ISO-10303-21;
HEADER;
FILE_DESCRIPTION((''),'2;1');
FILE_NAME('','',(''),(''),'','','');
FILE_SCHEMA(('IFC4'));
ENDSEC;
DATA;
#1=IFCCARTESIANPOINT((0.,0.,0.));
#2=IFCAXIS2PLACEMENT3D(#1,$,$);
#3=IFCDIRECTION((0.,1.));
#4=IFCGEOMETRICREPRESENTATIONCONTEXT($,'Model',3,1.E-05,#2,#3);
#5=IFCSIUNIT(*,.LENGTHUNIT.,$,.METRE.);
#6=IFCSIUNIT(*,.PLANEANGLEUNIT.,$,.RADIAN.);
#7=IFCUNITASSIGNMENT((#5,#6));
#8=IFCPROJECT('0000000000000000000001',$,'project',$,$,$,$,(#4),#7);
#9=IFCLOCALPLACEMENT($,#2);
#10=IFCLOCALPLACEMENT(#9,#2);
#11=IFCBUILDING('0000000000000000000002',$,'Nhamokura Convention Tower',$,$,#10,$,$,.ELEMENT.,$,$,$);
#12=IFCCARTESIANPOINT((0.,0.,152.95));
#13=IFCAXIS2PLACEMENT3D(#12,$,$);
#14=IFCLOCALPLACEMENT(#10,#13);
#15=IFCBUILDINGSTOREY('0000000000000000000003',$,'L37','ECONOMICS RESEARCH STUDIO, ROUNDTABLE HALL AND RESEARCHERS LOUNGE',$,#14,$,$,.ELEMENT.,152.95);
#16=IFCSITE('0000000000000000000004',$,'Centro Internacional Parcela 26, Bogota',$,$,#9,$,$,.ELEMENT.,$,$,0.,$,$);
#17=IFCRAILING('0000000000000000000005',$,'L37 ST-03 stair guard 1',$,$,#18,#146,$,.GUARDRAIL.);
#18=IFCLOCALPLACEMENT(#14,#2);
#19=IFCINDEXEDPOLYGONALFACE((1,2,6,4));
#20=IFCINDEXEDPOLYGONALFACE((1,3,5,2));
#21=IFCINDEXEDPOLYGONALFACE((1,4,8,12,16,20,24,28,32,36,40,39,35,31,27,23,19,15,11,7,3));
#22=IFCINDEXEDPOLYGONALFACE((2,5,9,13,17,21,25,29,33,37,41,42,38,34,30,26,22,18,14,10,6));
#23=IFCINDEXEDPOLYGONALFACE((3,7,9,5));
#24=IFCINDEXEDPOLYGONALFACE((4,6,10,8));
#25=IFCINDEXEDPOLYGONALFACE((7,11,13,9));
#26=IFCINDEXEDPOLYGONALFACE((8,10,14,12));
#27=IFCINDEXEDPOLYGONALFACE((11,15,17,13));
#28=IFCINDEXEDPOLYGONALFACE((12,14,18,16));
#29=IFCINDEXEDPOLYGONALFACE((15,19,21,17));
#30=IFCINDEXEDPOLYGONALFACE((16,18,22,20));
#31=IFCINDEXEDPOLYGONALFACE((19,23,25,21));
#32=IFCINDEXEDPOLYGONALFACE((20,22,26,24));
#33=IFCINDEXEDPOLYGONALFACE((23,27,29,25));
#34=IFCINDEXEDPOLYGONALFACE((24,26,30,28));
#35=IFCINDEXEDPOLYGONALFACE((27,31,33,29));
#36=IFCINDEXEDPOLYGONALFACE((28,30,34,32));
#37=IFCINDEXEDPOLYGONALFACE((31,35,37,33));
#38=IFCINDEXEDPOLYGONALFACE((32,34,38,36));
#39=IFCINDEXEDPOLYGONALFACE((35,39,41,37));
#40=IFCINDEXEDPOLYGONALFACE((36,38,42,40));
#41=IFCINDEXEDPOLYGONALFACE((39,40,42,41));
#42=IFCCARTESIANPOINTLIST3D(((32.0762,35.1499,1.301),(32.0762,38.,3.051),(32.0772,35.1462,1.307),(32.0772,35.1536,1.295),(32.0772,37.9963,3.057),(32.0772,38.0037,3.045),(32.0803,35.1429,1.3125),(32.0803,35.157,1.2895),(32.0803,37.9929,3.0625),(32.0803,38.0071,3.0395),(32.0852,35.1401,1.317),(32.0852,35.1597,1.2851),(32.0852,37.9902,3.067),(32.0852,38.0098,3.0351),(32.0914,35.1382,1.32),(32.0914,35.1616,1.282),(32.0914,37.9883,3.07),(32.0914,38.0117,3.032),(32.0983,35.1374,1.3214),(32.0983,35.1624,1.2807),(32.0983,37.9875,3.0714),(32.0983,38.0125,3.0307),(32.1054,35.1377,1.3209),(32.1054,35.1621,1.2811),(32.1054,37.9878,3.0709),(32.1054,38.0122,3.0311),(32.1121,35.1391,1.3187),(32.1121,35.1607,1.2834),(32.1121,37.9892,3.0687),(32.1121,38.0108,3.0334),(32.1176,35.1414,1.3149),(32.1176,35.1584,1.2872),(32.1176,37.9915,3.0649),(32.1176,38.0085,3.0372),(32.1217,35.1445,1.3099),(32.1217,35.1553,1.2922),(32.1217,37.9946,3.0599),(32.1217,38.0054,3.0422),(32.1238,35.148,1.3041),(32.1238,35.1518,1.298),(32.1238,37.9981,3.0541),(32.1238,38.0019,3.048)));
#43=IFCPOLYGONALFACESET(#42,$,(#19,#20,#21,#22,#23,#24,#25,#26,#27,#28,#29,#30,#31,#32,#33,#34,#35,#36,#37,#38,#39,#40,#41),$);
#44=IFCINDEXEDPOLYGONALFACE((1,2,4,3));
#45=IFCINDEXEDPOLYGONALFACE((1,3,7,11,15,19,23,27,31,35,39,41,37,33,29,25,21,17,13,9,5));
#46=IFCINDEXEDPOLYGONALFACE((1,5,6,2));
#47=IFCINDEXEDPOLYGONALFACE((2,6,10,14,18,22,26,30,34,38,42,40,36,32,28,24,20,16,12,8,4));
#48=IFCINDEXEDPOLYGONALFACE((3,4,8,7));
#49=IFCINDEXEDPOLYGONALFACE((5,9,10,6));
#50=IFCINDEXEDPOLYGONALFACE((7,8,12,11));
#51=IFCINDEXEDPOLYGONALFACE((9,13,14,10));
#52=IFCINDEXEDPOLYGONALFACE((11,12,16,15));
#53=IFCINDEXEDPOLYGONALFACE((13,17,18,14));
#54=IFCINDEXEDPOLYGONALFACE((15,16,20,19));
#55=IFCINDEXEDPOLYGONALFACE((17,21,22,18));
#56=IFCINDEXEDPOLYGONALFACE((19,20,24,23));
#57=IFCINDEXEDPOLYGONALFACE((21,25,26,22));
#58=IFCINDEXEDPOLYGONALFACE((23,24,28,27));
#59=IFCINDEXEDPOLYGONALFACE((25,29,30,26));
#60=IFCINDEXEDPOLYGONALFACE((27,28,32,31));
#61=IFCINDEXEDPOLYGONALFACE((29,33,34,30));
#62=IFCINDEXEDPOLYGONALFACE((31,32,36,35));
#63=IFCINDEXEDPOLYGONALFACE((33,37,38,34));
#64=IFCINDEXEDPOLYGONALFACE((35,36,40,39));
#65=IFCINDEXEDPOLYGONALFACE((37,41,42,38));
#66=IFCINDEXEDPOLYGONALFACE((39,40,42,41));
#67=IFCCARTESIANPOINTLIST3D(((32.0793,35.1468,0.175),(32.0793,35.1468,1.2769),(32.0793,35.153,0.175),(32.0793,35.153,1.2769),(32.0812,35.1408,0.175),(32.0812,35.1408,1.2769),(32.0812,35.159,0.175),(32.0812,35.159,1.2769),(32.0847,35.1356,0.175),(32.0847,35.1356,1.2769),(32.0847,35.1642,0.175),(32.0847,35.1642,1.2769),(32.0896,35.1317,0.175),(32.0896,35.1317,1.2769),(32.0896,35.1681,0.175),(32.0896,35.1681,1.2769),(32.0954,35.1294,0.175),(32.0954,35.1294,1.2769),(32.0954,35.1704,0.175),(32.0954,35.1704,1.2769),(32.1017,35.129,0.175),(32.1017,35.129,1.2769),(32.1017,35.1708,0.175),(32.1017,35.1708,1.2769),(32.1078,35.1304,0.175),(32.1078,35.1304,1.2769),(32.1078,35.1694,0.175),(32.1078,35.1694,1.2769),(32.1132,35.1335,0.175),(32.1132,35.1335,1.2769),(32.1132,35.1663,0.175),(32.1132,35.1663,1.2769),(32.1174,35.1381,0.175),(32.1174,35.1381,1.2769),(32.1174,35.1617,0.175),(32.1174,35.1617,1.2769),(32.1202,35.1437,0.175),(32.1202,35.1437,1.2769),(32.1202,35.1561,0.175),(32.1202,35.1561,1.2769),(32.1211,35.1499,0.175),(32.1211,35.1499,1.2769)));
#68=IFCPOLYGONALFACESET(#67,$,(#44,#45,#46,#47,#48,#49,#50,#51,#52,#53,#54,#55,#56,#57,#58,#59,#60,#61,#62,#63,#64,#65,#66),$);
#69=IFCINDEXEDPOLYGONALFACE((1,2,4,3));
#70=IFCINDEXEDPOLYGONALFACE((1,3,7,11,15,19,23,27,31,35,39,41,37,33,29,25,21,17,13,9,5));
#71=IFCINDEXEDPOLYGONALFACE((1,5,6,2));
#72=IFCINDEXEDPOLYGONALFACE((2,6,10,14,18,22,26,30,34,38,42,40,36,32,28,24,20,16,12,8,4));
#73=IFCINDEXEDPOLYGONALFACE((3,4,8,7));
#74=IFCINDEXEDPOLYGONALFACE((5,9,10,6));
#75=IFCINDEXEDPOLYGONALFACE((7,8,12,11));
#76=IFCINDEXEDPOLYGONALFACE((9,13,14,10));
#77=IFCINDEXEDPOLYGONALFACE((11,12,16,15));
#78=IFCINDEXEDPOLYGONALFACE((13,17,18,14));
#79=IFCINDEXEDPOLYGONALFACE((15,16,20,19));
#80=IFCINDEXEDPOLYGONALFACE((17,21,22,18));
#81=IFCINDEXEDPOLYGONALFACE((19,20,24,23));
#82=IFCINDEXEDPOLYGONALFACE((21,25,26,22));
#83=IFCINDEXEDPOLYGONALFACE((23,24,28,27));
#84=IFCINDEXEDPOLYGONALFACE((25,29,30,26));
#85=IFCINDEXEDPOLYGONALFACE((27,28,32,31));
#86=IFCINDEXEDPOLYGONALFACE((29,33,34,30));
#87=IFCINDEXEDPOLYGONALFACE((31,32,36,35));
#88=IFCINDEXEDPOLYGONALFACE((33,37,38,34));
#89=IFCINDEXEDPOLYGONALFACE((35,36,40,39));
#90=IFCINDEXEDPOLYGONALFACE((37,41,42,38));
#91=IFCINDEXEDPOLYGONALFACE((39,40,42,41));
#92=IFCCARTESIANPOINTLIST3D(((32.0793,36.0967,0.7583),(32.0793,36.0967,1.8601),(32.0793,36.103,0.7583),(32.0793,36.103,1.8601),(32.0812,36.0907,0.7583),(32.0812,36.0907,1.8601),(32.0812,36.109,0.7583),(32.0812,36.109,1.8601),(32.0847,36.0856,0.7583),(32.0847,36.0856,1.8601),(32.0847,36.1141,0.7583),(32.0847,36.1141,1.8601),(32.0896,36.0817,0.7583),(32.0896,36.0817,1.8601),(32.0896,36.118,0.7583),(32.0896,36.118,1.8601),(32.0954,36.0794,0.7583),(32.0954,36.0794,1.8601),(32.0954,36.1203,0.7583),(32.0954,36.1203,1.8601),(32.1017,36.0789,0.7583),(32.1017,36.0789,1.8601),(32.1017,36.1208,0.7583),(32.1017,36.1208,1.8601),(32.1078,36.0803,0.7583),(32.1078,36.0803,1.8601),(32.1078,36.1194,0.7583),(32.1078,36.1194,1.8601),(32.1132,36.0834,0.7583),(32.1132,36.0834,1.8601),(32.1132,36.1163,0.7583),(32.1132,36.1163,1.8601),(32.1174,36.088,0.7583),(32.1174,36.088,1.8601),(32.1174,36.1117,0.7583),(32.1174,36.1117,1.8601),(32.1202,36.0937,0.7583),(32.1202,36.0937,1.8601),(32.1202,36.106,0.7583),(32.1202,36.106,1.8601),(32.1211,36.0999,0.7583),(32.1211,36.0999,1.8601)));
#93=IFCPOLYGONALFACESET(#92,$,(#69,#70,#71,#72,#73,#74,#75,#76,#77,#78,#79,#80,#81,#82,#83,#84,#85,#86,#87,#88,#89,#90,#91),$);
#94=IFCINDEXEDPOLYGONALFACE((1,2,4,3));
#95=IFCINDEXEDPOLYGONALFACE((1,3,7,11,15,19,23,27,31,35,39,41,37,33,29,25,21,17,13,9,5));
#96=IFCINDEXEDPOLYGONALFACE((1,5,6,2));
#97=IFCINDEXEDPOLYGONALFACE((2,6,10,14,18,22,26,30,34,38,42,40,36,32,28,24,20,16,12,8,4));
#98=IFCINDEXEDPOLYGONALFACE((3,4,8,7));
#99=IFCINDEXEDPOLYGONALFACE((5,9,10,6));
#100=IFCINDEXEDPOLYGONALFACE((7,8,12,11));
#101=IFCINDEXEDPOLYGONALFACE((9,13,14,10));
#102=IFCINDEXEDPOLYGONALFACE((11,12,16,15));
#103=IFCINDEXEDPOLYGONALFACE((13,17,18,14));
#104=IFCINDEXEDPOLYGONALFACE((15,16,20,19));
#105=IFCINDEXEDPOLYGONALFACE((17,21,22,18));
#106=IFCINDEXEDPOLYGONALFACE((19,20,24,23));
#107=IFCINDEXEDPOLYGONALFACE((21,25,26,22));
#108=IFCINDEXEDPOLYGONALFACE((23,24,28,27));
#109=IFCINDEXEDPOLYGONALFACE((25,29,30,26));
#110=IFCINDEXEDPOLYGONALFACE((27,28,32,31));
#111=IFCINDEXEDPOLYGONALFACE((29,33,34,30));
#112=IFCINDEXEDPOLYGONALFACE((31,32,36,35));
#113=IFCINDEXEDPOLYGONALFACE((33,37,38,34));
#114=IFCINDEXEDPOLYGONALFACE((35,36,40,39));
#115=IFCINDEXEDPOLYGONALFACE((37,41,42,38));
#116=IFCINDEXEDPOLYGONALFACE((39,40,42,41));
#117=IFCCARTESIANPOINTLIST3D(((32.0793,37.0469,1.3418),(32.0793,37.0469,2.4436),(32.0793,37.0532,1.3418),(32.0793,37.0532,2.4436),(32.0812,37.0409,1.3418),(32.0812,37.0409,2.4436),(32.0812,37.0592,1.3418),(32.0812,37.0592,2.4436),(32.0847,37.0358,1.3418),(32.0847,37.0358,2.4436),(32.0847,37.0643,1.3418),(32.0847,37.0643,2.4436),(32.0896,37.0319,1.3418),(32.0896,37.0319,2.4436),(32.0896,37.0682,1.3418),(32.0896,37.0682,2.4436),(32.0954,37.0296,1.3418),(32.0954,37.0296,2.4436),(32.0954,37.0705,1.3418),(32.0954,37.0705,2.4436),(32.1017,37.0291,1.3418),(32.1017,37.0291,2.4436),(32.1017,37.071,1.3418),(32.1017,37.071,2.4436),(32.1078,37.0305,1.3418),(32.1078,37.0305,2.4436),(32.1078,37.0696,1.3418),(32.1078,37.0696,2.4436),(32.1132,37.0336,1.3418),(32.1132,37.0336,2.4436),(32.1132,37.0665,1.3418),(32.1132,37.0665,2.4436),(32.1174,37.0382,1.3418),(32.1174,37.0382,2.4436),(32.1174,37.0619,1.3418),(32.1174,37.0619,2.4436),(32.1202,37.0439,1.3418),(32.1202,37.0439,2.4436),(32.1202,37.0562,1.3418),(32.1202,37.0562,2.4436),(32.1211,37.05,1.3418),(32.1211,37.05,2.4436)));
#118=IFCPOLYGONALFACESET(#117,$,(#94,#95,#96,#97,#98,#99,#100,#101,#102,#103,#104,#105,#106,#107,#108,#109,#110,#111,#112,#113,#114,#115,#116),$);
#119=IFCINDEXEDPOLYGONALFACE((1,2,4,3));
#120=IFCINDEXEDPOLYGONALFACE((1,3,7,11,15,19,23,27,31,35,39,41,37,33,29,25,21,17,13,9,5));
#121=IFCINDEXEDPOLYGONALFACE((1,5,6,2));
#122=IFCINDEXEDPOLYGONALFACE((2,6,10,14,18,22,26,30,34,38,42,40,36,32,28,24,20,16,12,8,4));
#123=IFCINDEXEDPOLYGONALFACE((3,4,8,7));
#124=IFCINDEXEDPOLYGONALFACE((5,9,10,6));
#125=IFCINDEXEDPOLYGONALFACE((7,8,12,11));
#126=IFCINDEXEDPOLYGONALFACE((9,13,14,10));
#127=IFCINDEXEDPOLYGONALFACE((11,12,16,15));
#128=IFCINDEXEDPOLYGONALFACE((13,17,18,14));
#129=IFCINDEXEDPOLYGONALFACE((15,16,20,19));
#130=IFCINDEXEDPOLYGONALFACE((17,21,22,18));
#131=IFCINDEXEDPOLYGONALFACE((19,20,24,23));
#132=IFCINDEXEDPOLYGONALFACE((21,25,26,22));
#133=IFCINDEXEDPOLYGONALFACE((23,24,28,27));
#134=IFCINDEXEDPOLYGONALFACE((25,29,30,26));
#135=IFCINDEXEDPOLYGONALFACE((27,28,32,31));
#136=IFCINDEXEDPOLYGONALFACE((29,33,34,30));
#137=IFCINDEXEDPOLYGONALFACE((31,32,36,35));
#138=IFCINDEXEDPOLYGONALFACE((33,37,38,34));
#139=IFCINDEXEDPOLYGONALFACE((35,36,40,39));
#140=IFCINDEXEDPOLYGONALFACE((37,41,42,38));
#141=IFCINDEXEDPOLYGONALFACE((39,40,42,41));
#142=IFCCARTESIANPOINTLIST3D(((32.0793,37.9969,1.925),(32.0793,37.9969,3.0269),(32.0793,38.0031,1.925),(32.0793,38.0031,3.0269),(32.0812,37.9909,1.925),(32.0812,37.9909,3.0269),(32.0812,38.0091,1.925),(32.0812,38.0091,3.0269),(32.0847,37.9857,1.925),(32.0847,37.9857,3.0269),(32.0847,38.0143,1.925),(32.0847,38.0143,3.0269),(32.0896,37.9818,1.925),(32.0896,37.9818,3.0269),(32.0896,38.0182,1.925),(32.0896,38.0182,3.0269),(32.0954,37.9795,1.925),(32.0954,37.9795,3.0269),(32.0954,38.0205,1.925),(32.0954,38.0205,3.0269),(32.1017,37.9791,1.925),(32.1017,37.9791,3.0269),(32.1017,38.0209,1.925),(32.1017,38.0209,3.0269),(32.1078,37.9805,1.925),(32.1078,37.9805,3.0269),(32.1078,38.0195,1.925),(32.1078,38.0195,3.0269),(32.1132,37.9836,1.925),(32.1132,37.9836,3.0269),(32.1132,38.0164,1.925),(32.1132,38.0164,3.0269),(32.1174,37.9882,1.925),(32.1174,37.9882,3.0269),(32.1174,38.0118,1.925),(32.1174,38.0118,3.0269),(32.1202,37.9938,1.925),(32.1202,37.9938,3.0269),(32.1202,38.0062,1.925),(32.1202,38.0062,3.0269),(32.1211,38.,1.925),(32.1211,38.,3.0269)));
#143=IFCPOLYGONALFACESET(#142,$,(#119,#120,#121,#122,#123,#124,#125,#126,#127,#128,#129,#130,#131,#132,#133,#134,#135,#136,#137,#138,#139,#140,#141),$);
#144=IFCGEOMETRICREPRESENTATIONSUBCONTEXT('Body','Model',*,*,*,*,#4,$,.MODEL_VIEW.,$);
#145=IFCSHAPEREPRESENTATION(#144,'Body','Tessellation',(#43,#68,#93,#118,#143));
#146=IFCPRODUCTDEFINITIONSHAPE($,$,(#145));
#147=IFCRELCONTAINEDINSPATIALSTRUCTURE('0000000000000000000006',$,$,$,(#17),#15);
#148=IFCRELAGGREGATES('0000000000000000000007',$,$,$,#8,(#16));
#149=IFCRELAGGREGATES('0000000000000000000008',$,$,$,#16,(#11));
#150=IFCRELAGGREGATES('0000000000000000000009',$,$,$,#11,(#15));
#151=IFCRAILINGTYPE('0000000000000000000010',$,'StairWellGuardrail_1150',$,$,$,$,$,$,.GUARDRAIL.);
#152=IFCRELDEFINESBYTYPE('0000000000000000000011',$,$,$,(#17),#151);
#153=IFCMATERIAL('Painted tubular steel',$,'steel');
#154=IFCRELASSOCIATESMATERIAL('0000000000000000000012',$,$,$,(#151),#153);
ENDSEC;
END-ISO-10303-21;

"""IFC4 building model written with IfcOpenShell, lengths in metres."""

from ifc_helpers import new_model, si_unit, direction, frame, origin, origin_2d, place, context, subcontext, project, spatial, circle, extrude, material, type_object, element, save


model = new_model("IFC4")

# Units and contexts
model_context = context("Model", 3, precision=1e-05, world=origin(), true_north=direction((0.0, 1.0)))
body_context = subcontext(model_context, "Body", "Model", "MODEL_VIEW")
ifc_project = project(units=[si_unit("LENGTHUNIT", "METRE"), si_unit("PLANEANGLEUNIT", "RADIAN")], contexts=[model_context])

# Site, building, storey
site_placement = place(None, origin())
site = spatial("IfcSite", under=ifc_project, at=site_placement, Name="Centro Internacional Parcela 26, Bogota", CompositionType="ELEMENT", RefElevation=0.0)
building_placement = place(site_placement, origin())
building = spatial("IfcBuilding", under=site, at=building_placement, Name="Nhamokura Convention Tower", CompositionType="ELEMENT")
storey_placement = place(building_placement, frame((0.0, 0.0, 152.95)))
storey = spatial("IfcBuildingStorey", under=building, at=storey_placement, Name="L37", Description="ECONOMICS RESEARCH STUDIO, ROUNDTABLE HALL AND RESEARCHERS LOUNGE", CompositionType="ELEMENT", Elevation=152.95)

# Railing
ifc_material_1 = material(Name="Painted tubular steel", Category="steel")
railing_type_1 = type_object("IfcRailingType", Name="StairWellGuardrail_1150", PredefinedType="GUARDRAIL", material=ifc_material_1)
railing_1_placement = place(storey_placement, frame((32.1001, 35.1499, 0.175)))
element("IfcRailing", 1, at=railing_1_placement, inside=storey, type_object=railing_type_1, Name="L37 ST-03 stair guard 1", PredefinedType="GUARDRAIL", context=body_context, shape_type="SweptSolid", body=[
    extrude(circle(Radius=0.0239, at=origin_2d()), frame((0.0, 0.0, 1.126), z_axis=(0.0, 0.852179, 0.52325), x_axis=(-1.0, 0.0, 0.0)), (0.0, 0.0, 1.0), 3.3445),
    extrude(circle(Radius=0.021, at=origin_2d()), origin(), (0.0, 0.0, 1.0), 1.1018),
    extrude(circle(Radius=0.021, at=origin_2d()), frame((0.0, 0.95, 0.5833)), (0.0, 0.0, 1.0), 1.1018),
    extrude(circle(Radius=0.021, at=origin_2d()), frame((0.0, 1.9001, 1.1667)), (0.0, 0.0, 1.0), 1.1018),
    extrude(circle(Radius=0.021, at=origin_2d()), frame((0.0, 2.8501, 1.75)), (0.0, 0.0, 1.0), 1.1018),
])

save(model, "model.ifc")
